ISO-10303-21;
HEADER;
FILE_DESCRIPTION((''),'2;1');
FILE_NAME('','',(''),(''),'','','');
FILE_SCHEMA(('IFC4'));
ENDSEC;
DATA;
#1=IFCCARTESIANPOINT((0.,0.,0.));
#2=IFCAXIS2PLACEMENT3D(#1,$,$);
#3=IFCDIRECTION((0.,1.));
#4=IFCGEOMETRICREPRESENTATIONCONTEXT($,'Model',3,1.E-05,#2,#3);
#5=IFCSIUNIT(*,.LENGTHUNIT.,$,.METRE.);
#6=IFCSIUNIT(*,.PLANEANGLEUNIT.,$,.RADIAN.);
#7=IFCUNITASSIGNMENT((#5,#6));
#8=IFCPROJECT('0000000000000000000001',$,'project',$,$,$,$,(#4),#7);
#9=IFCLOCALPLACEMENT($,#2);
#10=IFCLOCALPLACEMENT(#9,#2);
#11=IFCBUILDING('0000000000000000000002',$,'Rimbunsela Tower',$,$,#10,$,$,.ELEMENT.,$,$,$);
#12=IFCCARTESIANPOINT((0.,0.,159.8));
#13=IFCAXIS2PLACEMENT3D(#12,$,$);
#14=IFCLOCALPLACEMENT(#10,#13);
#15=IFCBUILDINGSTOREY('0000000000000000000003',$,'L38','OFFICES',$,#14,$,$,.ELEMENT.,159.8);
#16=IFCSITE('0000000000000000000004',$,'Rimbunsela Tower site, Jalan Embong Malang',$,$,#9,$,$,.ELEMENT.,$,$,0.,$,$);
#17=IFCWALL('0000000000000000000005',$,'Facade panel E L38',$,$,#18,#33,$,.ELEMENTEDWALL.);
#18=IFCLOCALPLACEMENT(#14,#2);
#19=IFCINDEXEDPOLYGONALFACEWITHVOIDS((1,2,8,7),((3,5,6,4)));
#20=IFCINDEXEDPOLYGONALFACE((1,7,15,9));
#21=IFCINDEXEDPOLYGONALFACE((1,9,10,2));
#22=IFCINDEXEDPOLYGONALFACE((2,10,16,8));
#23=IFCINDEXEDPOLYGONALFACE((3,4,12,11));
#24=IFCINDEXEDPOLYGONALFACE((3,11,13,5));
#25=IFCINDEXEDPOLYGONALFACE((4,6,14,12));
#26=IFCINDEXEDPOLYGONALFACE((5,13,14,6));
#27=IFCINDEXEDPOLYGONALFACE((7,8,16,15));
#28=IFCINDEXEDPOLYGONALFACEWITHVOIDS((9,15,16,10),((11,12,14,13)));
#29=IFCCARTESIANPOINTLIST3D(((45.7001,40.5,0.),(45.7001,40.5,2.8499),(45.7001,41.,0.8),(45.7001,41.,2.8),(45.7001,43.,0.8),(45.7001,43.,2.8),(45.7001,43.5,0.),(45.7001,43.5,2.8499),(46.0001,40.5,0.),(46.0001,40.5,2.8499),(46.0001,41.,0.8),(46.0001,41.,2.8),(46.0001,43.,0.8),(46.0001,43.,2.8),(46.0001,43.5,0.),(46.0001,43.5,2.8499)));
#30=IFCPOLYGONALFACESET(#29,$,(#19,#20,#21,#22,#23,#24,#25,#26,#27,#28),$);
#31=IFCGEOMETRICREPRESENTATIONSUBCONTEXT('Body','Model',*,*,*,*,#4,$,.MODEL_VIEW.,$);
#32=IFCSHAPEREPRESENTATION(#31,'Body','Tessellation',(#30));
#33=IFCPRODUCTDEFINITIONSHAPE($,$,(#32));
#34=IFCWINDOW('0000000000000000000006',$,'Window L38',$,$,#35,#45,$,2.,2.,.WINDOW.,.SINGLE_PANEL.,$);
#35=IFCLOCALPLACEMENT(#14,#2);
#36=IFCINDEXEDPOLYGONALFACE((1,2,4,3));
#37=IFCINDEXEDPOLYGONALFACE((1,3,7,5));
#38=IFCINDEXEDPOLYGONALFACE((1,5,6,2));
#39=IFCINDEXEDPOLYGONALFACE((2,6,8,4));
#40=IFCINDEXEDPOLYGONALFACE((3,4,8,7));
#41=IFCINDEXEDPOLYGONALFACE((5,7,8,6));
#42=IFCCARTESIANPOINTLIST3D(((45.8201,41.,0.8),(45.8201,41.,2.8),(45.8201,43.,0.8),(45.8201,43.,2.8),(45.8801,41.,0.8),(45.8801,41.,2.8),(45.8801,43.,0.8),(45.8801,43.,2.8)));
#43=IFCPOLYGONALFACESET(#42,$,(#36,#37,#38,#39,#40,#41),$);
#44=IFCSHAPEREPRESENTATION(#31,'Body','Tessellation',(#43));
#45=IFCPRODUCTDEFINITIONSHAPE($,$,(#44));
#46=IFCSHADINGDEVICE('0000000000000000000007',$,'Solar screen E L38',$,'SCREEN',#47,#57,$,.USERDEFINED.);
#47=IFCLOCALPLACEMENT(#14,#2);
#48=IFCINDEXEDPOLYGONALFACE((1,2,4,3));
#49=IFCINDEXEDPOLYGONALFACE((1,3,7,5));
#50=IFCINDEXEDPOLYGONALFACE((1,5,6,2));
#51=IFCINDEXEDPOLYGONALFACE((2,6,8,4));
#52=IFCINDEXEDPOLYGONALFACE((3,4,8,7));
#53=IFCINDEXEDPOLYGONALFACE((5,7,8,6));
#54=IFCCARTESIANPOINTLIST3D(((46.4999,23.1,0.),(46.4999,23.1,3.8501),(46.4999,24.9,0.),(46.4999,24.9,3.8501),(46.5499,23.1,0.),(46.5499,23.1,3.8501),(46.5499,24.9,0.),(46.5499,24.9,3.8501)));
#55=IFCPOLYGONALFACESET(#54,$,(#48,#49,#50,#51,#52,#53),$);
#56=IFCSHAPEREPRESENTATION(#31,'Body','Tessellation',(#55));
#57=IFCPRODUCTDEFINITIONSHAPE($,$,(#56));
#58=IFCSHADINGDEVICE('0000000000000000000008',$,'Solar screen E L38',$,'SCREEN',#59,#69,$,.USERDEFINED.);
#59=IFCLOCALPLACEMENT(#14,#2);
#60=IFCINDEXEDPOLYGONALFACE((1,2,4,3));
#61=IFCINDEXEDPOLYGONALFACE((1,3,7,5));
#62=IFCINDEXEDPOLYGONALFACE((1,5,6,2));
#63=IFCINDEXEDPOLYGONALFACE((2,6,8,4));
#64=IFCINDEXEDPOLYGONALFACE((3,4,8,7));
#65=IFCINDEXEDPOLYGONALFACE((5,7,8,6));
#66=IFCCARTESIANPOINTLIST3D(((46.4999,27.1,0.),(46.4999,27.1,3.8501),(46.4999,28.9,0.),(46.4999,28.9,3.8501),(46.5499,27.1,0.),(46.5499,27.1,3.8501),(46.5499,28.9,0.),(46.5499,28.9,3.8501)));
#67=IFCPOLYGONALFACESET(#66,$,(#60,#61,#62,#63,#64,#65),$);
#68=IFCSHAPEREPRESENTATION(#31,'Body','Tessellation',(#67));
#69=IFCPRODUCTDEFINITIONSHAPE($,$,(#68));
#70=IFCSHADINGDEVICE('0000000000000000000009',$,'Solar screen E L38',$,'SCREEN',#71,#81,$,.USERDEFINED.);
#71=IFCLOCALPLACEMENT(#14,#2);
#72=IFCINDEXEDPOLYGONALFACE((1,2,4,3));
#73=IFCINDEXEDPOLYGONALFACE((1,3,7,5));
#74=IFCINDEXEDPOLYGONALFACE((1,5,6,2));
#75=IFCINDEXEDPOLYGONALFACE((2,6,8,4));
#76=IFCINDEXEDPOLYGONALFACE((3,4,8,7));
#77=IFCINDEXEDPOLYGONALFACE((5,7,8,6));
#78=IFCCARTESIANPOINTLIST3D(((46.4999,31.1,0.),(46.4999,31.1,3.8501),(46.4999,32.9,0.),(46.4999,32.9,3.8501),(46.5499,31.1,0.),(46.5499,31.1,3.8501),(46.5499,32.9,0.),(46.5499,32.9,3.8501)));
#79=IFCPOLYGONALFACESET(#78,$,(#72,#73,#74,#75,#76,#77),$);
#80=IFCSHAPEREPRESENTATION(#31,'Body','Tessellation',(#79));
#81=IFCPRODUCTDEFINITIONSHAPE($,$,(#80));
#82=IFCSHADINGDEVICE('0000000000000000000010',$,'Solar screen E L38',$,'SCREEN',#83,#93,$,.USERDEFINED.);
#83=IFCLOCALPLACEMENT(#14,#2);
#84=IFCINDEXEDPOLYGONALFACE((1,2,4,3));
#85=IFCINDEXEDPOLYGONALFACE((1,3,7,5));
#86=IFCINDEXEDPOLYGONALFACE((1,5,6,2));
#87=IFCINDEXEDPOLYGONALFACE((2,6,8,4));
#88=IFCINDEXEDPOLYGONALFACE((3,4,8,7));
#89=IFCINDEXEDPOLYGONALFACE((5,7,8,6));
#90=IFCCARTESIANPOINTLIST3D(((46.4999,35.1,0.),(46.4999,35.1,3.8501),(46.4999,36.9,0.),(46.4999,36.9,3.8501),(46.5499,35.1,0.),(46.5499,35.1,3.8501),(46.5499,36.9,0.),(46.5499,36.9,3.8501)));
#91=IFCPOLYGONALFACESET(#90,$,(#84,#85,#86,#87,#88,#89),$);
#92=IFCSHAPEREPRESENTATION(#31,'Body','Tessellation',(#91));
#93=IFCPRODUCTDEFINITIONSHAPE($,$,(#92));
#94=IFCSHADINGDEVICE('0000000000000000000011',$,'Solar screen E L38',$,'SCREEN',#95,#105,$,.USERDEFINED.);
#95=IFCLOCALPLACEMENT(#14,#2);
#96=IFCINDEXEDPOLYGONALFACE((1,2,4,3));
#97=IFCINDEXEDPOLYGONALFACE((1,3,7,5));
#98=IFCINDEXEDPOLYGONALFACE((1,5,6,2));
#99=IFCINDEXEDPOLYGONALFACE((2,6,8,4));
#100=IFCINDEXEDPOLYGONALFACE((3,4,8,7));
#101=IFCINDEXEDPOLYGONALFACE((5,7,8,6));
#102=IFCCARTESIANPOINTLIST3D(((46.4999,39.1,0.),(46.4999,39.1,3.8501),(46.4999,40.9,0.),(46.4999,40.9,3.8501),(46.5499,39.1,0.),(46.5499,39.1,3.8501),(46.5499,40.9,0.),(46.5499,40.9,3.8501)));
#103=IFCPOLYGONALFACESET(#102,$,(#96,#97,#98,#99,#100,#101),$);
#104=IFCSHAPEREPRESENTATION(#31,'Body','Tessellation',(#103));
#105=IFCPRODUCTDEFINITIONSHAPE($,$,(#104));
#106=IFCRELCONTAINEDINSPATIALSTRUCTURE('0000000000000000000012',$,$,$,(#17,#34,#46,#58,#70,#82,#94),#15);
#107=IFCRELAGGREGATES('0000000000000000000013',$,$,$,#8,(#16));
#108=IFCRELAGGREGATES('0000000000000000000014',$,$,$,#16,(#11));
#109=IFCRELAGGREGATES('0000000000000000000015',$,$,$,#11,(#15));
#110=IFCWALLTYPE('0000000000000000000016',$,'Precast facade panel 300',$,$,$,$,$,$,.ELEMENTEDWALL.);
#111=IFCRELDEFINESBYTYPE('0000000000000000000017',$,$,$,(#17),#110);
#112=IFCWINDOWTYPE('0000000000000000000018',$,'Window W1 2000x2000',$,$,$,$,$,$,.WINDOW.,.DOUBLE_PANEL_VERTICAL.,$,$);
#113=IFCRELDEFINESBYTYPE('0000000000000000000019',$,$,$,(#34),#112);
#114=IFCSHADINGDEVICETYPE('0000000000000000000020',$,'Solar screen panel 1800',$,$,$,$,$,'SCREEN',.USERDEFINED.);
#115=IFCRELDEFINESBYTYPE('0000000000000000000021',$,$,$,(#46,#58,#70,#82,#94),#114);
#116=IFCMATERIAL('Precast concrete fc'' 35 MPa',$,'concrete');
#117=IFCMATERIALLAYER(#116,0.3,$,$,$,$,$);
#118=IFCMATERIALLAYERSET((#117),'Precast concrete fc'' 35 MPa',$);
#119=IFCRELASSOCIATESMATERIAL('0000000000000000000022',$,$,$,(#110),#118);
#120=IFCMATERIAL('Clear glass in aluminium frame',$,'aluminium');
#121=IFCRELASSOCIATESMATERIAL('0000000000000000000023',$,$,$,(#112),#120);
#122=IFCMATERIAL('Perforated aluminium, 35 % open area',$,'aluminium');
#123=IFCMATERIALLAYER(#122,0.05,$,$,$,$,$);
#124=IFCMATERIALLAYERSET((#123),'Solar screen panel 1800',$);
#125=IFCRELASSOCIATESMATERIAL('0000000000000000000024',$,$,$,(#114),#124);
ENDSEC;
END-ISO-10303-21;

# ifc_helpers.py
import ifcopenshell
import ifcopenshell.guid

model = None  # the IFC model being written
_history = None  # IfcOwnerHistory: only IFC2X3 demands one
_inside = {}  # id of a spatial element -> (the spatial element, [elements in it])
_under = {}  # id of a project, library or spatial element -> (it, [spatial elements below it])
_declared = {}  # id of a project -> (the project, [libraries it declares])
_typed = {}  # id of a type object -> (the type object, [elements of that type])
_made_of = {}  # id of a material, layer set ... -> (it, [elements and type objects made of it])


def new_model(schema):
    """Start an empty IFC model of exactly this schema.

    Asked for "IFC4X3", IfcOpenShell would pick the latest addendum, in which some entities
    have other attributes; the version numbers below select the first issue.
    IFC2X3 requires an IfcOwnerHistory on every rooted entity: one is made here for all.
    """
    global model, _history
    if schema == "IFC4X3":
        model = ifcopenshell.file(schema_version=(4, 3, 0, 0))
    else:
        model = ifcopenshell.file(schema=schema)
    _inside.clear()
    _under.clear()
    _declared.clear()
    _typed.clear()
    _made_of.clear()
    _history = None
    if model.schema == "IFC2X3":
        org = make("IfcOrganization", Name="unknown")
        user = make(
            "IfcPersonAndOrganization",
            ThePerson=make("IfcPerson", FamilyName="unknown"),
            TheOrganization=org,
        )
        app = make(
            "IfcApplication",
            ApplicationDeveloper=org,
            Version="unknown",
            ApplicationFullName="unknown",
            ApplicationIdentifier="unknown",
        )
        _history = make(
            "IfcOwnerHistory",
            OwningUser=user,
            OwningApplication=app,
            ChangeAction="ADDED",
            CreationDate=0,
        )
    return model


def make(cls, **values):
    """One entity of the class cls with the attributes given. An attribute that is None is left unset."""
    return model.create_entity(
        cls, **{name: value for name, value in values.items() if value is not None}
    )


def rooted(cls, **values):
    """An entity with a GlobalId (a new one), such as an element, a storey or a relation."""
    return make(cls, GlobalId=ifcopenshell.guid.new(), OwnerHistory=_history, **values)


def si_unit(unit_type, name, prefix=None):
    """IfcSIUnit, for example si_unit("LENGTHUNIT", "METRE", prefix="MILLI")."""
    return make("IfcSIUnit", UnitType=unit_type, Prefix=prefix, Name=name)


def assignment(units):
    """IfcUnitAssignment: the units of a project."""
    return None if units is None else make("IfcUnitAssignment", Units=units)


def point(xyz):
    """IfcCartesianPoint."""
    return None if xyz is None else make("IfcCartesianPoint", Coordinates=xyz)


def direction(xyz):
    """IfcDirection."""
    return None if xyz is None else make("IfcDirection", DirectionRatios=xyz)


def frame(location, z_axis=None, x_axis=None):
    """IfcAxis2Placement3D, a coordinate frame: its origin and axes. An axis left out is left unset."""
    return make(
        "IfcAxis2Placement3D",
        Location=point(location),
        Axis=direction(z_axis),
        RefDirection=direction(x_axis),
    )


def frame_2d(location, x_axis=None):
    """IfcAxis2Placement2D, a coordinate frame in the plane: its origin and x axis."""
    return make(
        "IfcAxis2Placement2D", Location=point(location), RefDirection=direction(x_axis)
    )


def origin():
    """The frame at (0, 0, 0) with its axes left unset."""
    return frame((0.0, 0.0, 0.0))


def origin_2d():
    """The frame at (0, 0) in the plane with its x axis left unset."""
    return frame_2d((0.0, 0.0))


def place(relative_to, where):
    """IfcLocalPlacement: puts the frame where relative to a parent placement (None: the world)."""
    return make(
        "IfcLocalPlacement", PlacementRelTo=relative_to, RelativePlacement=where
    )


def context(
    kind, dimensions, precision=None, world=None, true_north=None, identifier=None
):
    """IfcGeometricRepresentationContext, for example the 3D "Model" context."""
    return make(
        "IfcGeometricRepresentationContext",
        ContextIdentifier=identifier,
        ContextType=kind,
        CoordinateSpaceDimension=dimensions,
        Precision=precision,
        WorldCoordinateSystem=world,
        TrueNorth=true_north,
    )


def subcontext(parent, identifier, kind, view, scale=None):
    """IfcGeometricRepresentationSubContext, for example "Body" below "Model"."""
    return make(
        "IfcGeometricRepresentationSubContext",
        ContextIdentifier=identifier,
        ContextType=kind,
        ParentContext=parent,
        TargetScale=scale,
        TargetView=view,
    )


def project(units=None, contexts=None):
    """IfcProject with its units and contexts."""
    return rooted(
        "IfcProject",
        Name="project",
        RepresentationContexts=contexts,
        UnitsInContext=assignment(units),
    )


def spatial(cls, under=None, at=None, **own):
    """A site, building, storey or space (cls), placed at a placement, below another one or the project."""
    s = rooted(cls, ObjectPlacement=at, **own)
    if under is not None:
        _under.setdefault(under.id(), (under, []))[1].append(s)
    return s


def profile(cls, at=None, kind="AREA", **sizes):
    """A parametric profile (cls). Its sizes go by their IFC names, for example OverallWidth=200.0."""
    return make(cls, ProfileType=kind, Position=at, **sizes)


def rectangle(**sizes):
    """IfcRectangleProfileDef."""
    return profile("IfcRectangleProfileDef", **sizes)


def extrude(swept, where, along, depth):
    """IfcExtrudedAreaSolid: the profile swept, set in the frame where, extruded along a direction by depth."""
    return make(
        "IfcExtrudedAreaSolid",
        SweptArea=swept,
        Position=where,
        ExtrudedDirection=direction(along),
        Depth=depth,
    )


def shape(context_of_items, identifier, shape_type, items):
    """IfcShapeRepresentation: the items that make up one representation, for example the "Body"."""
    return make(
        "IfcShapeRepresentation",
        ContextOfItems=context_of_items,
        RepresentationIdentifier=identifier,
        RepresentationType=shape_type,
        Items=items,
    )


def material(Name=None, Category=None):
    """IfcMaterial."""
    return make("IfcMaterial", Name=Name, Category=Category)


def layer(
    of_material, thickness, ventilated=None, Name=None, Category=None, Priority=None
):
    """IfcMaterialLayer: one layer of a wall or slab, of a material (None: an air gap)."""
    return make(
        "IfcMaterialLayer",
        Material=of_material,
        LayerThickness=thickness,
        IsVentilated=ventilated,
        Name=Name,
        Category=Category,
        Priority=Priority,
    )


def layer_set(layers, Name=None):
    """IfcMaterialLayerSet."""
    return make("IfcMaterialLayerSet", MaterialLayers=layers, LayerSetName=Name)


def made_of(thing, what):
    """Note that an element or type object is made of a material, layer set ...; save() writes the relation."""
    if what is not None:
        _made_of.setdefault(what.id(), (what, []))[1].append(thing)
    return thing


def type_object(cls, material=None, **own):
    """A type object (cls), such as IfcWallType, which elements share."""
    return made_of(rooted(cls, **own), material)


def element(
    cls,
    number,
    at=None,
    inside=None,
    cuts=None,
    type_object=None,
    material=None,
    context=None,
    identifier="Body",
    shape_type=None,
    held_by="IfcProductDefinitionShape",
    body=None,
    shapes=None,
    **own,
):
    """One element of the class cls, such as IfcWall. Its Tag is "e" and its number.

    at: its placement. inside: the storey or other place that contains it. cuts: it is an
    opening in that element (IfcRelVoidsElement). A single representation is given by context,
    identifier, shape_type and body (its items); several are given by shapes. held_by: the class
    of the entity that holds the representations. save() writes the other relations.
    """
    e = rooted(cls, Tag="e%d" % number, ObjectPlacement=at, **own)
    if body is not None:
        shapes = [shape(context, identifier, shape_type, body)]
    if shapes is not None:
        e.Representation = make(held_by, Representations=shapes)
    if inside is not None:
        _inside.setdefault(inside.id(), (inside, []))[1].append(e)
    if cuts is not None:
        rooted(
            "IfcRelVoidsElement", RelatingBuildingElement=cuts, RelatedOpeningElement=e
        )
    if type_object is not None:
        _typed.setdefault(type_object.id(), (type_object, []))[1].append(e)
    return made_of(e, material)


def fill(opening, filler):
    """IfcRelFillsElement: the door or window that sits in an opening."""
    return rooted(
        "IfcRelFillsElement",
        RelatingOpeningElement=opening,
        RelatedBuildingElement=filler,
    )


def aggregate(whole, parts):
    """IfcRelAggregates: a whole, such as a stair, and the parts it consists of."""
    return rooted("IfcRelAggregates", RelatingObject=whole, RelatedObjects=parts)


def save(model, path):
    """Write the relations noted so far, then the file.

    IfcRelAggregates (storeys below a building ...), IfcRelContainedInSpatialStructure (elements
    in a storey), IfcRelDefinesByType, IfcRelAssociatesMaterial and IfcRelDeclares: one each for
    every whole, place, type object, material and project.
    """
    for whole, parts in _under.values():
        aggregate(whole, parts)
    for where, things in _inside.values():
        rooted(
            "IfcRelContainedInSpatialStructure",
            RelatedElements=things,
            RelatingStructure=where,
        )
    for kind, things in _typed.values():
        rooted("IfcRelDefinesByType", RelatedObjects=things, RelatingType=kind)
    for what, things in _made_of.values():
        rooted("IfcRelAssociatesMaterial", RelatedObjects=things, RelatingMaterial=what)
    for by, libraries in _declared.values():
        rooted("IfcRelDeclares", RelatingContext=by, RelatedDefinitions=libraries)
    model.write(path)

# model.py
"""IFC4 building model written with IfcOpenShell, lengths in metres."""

from ifc_helpers import new_model, si_unit, direction, frame, frame_2d, origin, origin_2d, place, context, subcontext, project, spatial, rectangle, extrude, material, layer, layer_set, type_object, element, fill, save


model = new_model("IFC4")

# Units and contexts
model_context = context("Model", 3, precision=1e-05, world=origin(), true_north=direction((0.0, 1.0)))
body_context = subcontext(model_context, "Body", "Model", "MODEL_VIEW")
ifc_project = project(units=[si_unit("LENGTHUNIT", "METRE"), si_unit("PLANEANGLEUNIT", "RADIAN")], contexts=[model_context])

# Site, building, storey
site_placement = place(None, origin())
site = spatial("IfcSite", under=ifc_project, at=site_placement, Name="Rimbunsela Tower site, Jalan Embong Malang", CompositionType="ELEMENT", RefElevation=0.0)
building_placement = place(site_placement, origin())
building = spatial("IfcBuilding", under=site, at=building_placement, Name="Rimbunsela Tower", CompositionType="ELEMENT")
storey_placement = place(building_placement, frame((0.0, 0.0, 159.8)))
storey = spatial("IfcBuildingStorey", under=building, at=storey_placement, Name="L38", Description="OFFICES", CompositionType="ELEMENT", Elevation=159.8)

# Wall, opening, window
ifc_material_1 = material(Name="Precast concrete fc' 35 MPa", Category="concrete")
ifc_layer_1 = layer(ifc_material_1, 0.3)
ifc_layer_set_1 = layer_set([ifc_layer_1], Name="Precast concrete fc' 35 MPa")
wall_type_1 = type_object("IfcWallType", Name="Precast facade panel 300", PredefinedType="ELEMENTEDWALL", material=ifc_layer_set_1)
ifc_material_2 = material(Name="Clear glass in aluminium frame", Category="aluminium")
window_type = type_object("IfcWindowType", Name="Window W1 2000x2000", PartitioningType="DOUBLE_PANEL_VERTICAL", PredefinedType="WINDOW", material=ifc_material_2)
wall_1_placement = place(storey_placement, frame((45.8501, 40.5, 0.0), z_axis=(0.0, 0.0, 1.0), x_axis=(0.0, 1.0, 0.0)))
wall_1 = element("IfcWall", 1, at=wall_1_placement, inside=storey, type_object=wall_type_1, Name="Facade panel E L38", PredefinedType="ELEMENTEDWALL", context=body_context, shape_type="SweptSolid", body=[
    extrude(rectangle(XDim=3.0, YDim=0.3, at=frame_2d((1.5, 0.0))), origin(), (0.0, 0.0, 1.0), 2.8499),
])
opening_1_placement = place(wall_1_placement, frame((0.5, 0.0, 0.8)))
opening_1 = element("IfcOpeningElement", 2, at=opening_1_placement, cuts=wall_1, PredefinedType="OPENING", context=body_context, shape_type="SweptSolid", body=[
    extrude(rectangle(XDim=2.0, YDim=2.0, at=frame_2d((1.0, 1.0))), frame((0.0, 0.1599, 0.0), z_axis=(0.0, -1.0, 0.0), x_axis=(1.0, 0.0, 0.0)), (0.0, 0.0, 1.0), 0.3201),
])
window_1_placement = place(opening_1_placement, origin())
window_1 = element("IfcWindow", 3, at=window_1_placement, inside=storey, type_object=window_type, Name="Window L38", OverallHeight=2.0, OverallWidth=2.0, PartitioningType="SINGLE_PANEL", PredefinedType="WINDOW", context=body_context, shape_type="SweptSolid", body=[
    extrude(rectangle(XDim=2.0, YDim=2.0, at=frame_2d((1.0, 1.0))), frame((0.0, 0.03, 0.0), z_axis=(0.0, -1.0, 0.0), x_axis=(1.0, 0.0, 0.0)), (0.0, 0.0, 1.0), 0.0601),
])
fill(opening_1, window_1)

# Shading devices
ifc_material_3 = material(Name="Perforated aluminium, 35 % open area", Category="aluminium")
ifc_layer_2 = layer(ifc_material_3, 0.05)
ifc_layer_set_2 = layer_set([ifc_layer_2], Name="Solar screen panel 1800")
shading_device_type = type_object("IfcShadingDeviceType", Name="Solar screen panel 1800", ElementType="SCREEN", PredefinedType="USERDEFINED", material=ifc_layer_set_2)
for number, where, z_axis, x_axis, name in (
    (4, (46.5249, 24.0, 0.0), (0.0, 0.0, 1.0), (0.0, 1.0, 0.0), "Solar screen E L38"),
    (5, (46.5249, 28.0, 0.0), (0.0, 0.0, 1.0), (0.0, 1.0, 0.0), "Solar screen E L38"),
    (6, (46.5249, 32.0, 0.0), (0.0, 0.0, 1.0), (0.0, 1.0, 0.0), "Solar screen E L38"),
    (7, (46.5249, 36.0, 0.0), (0.0, 0.0, 1.0), (0.0, 1.0, 0.0), "Solar screen E L38"),
    (8, (46.5249, 40.0, 0.0), (0.0, 0.0, 1.0), (0.0, 1.0, 0.0), "Solar screen E L38"),
):
    element("IfcShadingDevice", number, at=place(storey_placement, frame(where, z_axis=z_axis, x_axis=x_axis)), inside=storey, type_object=shading_device_type, Name=name, ObjectType="SCREEN", PredefinedType="USERDEFINED", context=body_context, shape_type="SweptSolid", body=[
        extrude(rectangle(XDim=1.8, YDim=0.05, at=origin_2d()), origin(), (0.0, 0.0, 1.0), 3.8501),
    ])

save(model, "model.ifc")
